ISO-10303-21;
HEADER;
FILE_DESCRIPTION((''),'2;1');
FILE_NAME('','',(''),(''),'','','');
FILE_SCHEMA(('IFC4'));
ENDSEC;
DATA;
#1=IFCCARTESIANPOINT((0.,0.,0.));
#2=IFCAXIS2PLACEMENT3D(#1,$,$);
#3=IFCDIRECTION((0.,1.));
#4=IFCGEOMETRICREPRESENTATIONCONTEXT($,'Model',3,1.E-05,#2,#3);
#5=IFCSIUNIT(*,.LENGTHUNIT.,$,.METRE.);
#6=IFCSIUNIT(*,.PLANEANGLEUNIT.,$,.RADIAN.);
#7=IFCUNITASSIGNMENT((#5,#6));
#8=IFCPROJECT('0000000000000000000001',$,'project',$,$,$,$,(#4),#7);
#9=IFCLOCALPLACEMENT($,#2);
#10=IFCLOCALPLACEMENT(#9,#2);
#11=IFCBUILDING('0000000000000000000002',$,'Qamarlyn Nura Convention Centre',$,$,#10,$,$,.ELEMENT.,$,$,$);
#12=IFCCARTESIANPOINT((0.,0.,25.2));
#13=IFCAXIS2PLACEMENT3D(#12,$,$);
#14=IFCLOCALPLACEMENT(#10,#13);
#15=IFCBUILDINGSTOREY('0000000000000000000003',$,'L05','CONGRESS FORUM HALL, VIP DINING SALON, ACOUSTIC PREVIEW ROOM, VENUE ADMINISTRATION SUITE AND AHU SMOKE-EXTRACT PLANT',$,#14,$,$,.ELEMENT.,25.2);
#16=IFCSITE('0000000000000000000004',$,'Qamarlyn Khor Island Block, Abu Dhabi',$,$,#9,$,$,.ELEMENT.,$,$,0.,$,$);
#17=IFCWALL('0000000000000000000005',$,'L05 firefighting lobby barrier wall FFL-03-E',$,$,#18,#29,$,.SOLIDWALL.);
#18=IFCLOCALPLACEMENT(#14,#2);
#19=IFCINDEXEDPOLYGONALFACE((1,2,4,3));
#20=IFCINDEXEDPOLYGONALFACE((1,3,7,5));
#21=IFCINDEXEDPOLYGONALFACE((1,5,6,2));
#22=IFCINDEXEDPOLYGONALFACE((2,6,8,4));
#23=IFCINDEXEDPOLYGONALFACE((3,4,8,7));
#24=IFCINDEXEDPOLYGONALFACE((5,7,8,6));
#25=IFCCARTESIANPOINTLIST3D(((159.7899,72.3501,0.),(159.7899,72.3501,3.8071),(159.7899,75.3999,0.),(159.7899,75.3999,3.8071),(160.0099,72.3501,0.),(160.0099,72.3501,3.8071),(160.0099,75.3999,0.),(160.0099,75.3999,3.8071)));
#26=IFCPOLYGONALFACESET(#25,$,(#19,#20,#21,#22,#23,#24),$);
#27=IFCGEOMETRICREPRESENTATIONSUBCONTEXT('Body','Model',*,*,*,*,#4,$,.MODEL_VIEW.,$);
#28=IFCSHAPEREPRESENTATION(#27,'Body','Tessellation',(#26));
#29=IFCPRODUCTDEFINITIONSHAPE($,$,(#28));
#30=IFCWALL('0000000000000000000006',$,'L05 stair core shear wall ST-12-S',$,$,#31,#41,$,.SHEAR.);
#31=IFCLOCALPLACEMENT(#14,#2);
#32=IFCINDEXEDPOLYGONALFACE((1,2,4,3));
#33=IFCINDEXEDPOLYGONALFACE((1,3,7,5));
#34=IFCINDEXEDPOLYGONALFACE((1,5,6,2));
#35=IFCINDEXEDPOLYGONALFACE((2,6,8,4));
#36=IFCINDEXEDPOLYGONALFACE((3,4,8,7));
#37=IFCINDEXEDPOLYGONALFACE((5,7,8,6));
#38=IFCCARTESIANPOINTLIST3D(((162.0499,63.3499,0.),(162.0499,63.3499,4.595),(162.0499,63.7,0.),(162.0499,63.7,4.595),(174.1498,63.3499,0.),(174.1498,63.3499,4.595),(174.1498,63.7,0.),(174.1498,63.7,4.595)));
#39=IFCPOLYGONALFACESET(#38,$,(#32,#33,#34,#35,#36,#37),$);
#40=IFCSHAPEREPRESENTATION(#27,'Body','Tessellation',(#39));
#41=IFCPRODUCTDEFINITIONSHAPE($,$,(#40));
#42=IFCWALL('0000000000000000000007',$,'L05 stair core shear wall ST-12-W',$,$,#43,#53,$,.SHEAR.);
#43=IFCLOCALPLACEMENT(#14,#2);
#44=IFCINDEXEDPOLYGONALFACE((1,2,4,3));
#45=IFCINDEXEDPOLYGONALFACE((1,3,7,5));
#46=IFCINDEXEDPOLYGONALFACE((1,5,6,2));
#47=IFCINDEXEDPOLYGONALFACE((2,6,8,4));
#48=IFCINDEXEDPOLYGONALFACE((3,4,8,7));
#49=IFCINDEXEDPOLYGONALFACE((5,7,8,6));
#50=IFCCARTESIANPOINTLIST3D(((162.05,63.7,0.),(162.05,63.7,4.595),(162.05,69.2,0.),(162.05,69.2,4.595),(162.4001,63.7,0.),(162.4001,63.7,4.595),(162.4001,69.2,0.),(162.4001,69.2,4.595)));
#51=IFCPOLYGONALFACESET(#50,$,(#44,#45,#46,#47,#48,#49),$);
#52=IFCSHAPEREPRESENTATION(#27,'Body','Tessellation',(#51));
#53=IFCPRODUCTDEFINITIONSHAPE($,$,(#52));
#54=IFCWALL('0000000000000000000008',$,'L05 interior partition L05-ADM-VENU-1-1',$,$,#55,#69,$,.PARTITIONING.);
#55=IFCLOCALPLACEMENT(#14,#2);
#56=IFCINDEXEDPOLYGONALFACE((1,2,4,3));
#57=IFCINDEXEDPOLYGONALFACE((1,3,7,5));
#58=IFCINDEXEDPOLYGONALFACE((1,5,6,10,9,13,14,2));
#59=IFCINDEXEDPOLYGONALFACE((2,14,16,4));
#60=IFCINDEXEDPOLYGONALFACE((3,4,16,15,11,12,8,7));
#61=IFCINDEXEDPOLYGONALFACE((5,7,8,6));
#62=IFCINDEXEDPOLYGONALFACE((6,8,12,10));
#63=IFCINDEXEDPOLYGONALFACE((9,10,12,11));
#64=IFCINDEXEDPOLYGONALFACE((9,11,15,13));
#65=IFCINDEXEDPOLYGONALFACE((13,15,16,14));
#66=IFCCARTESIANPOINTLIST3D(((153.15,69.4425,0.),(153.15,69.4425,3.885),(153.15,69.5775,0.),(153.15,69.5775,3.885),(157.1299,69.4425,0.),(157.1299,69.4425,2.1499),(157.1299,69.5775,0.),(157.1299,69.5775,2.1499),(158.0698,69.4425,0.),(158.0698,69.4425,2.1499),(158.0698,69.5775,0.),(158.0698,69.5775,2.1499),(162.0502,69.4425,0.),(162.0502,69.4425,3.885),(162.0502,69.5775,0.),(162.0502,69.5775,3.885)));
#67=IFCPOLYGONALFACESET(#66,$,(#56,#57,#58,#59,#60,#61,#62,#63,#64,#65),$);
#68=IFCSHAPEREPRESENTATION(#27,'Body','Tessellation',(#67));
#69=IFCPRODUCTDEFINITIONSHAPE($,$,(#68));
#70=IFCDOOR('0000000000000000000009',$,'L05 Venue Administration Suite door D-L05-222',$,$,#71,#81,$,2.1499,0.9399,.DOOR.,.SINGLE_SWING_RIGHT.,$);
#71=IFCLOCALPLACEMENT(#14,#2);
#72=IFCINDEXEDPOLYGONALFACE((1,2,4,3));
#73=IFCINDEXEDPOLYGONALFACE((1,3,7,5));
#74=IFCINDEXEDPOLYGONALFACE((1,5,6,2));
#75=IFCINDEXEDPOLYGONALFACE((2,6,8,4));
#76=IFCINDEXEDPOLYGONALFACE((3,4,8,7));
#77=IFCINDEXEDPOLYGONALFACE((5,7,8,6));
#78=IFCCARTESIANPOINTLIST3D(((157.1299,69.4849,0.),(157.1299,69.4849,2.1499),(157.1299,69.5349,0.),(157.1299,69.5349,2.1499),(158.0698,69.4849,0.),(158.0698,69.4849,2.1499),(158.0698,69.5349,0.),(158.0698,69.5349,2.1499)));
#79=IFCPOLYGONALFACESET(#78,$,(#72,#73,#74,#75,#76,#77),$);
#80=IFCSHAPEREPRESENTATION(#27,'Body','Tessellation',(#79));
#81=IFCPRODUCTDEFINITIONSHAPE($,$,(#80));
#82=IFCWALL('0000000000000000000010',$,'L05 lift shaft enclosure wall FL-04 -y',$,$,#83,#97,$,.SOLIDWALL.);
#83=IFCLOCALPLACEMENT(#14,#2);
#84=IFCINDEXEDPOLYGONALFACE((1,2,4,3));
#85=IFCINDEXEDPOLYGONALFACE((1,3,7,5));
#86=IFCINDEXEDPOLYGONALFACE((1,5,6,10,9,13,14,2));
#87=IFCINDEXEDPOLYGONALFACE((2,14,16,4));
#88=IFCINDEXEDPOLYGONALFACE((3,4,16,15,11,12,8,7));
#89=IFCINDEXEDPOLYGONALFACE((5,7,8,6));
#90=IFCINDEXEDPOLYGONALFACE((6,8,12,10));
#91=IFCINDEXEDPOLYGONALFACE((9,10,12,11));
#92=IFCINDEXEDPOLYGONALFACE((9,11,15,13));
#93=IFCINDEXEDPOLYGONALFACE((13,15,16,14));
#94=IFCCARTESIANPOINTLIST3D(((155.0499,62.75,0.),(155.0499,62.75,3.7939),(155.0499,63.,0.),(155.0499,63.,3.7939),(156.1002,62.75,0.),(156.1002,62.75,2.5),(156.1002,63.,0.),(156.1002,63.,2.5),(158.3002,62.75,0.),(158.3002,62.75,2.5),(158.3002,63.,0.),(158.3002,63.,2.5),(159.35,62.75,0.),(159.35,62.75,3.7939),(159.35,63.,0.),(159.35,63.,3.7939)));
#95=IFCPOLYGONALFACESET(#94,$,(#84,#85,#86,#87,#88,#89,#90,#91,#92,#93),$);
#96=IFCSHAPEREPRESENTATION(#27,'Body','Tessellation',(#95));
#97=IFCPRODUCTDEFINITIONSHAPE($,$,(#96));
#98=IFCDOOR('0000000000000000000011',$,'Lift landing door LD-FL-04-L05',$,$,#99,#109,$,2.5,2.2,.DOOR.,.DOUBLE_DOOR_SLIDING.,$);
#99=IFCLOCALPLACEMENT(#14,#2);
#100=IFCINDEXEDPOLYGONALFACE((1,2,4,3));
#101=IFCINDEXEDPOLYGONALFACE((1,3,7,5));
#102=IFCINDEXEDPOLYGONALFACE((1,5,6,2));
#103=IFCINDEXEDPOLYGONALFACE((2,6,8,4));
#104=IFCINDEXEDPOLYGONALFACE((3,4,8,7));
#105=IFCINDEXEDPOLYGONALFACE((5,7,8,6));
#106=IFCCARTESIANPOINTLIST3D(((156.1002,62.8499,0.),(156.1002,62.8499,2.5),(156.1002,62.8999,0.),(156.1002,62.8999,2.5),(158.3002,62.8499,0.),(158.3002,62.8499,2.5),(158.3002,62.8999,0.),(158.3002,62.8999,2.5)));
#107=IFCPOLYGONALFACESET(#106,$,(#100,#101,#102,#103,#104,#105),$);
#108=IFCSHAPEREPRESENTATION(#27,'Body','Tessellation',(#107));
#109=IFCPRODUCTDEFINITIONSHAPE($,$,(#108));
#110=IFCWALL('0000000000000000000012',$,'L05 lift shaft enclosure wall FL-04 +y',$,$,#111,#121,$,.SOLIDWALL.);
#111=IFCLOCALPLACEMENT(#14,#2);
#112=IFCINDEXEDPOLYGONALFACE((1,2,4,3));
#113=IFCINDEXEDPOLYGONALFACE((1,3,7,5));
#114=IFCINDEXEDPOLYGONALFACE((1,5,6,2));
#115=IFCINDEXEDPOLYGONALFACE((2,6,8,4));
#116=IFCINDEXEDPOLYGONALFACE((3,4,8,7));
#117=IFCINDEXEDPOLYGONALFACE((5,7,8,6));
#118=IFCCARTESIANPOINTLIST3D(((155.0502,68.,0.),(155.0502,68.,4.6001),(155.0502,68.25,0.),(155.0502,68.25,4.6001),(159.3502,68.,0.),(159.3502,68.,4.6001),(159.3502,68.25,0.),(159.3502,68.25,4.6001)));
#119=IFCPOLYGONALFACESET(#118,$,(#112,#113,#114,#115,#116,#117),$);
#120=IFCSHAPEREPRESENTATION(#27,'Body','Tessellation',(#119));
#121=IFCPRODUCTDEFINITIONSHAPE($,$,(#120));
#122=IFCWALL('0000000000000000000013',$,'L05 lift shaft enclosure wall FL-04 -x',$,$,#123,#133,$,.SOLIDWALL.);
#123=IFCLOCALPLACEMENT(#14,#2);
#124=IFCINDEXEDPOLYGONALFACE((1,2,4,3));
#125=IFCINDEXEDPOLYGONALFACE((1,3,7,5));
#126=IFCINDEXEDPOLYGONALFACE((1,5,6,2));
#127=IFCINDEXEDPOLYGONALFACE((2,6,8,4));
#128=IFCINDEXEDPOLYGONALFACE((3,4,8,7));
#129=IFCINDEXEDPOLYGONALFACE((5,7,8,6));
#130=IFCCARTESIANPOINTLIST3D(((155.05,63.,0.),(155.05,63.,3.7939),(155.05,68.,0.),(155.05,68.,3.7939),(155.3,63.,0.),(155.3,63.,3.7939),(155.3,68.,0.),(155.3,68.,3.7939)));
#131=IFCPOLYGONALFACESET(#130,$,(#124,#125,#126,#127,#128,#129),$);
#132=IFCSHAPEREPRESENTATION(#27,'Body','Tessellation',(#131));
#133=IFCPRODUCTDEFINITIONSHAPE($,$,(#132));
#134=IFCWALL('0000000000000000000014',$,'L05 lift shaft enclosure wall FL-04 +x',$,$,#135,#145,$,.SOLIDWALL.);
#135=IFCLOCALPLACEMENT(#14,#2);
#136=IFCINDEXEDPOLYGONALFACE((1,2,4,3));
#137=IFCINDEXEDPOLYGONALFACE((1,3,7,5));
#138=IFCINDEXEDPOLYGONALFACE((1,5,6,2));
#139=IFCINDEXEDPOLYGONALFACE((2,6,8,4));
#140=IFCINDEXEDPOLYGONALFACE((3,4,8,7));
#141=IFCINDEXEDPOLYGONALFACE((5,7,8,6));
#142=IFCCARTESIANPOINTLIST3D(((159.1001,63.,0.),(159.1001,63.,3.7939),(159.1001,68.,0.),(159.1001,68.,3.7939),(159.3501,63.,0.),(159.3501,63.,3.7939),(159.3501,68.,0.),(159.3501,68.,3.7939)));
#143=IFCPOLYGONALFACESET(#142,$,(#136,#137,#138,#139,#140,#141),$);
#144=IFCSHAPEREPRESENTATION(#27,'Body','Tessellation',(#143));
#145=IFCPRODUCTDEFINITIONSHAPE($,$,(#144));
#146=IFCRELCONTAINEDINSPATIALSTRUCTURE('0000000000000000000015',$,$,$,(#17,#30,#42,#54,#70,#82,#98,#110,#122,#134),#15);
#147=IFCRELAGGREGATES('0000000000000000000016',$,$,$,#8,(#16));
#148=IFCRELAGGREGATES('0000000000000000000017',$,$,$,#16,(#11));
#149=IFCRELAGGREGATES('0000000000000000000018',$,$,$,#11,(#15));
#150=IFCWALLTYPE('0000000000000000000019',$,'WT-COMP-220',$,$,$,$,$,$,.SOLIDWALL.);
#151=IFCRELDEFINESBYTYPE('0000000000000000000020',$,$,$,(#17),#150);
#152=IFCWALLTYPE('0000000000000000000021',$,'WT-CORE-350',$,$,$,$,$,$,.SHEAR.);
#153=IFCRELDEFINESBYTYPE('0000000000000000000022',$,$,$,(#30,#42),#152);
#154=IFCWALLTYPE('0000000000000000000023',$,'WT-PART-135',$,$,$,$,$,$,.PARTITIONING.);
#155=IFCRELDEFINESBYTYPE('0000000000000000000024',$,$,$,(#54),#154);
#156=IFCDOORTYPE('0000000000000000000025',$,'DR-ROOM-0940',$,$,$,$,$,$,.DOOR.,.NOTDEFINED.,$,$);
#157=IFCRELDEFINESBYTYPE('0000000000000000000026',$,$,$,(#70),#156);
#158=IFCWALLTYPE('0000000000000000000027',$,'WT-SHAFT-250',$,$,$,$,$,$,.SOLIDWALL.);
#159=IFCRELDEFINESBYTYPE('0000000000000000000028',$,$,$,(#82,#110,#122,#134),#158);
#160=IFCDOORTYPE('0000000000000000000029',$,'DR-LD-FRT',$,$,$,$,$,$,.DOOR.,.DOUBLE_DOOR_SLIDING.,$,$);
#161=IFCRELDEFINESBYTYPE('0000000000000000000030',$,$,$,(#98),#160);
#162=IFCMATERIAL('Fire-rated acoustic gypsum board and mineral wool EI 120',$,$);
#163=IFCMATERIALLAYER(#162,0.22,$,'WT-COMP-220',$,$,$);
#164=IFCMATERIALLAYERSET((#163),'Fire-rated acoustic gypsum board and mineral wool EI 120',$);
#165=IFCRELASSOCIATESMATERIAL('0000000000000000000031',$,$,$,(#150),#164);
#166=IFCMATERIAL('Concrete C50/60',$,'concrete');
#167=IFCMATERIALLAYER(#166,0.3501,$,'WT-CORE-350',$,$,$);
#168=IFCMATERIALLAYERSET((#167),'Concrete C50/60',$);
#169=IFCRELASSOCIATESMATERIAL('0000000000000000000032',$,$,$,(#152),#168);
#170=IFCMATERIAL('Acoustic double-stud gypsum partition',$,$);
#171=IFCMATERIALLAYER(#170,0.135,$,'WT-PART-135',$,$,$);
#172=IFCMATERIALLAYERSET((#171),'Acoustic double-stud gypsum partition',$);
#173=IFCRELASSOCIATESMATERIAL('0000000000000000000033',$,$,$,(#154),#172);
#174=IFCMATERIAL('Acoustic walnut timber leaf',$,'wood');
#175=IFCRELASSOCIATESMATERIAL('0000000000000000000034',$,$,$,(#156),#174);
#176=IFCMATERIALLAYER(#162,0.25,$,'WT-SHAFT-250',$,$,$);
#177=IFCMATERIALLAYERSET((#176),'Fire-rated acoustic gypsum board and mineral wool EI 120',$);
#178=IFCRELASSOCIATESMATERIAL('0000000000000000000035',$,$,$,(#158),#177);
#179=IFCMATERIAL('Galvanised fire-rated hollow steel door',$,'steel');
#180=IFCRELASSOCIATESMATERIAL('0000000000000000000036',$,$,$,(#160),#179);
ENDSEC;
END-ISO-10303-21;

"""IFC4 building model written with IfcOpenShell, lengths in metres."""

from ifc_helpers import new_model, si_unit, direction, frame, frame_2d, origin, place, context, subcontext, project, spatial, rectangle, extrude, material, layer, layer_set, type_object, element, fill, save


model = new_model("IFC4")

# Units and contexts
model_context = context("Model", 3, precision=1e-05, world=origin(), true_north=direction((0.0, 1.0)))
body_context = subcontext(model_context, "Body", "Model", "MODEL_VIEW")
ifc_project = project(units=[si_unit("LENGTHUNIT", "METRE"), si_unit("PLANEANGLEUNIT", "RADIAN")], contexts=[model_context])

# Site, building, storey
site_placement = place(None, origin())
site = spatial("IfcSite", under=ifc_project, at=site_placement, Name="Qamarlyn Khor Island Block, Abu Dhabi", CompositionType="ELEMENT", RefElevation=0.0)
building_placement = place(site_placement, origin())
building = spatial("IfcBuilding", under=site, at=building_placement, Name="Qamarlyn Nura Convention Centre", CompositionType="ELEMENT")
storey_placement = place(building_placement, frame((0.0, 0.0, 25.2)))
storey = spatial("IfcBuildingStorey", under=building, at=storey_placement, Name="L05", Description="CONGRESS FORUM HALL, VIP DINING SALON, ACOUSTIC PREVIEW ROOM, VENUE ADMINISTRATION SUITE AND AHU SMOKE-EXTRACT PLANT", CompositionType="ELEMENT", Elevation=25.2)

# Shared definitions
ifc_material_1 = material(Name="Fire-rated acoustic gypsum board and mineral wool EI 120")
ifc_layer_1 = layer(ifc_material_1, 0.22, Name="WT-COMP-220")
ifc_layer_set_1 = layer_set([ifc_layer_1], Name="Fire-rated acoustic gypsum board and mineral wool EI 120")
wall_type_1 = type_object("IfcWallType", Name="WT-COMP-220", PredefinedType="SOLIDWALL", material=ifc_layer_set_1)
ifc_material_2 = material(Name="Galvanised fire-rated hollow steel door", Category="steel")

# Walls
for number, where, z_axis, x_axis, name in (
    (1, (159.8999, 72.3501, 0.0), (0.0, 0.0, 1.0), (0.0, 1.0, 0.0), "L05 firefighting lobby barrier wall FFL-03-E"),
):
    element("IfcWall", number, at=place(storey_placement, frame(where, z_axis=z_axis, x_axis=x_axis)), inside=storey, type_object=wall_type_1, Name=name, PredefinedType="SOLIDWALL", context=body_context, shape_type="SweptSolid", body=[
        extrude(rectangle(XDim=3.0498, YDim=0.22, at=frame_2d((1.5249, 0.0))), origin(), (0.0, 0.0, 1.0), 3.8071),
    ])
ifc_material_3 = material(Name="Concrete C50/60", Category="concrete")
ifc_layer_2 = layer(ifc_material_3, 0.3501, Name="WT-CORE-350")
ifc_layer_set_2 = layer_set([ifc_layer_2], Name="Concrete C50/60")
wall_type_2 = type_object("IfcWallType", Name="WT-CORE-350", PredefinedType="SHEAR", material=ifc_layer_set_2)
wall_1_placement = place(storey_placement, frame((162.05, 63.5249, 0.0), z_axis=(0.0, 0.0, 1.0), x_axis=(1.0, 0.0, 0.0)))
element("IfcWall", 2, at=wall_1_placement, inside=storey, type_object=wall_type_2, Name="L05 stair core shear wall ST-12-S", PredefinedType="SHEAR", context=body_context, shape_type="SweptSolid", body=[
    extrude(rectangle(XDim=12.0999, YDim=0.3501, at=frame_2d((6.0498, 0.0))), origin(), (0.0, 0.0, 1.0), 4.595),
])
wall_2_placement = place(storey_placement, frame((162.2251, 69.2, 0.0), z_axis=(0.0, 0.0, 1.0), x_axis=(0.0, -1.0, 0.0)))
element("IfcWall", 3, at=wall_2_placement, inside=storey, type_object=wall_type_2, Name="L05 stair core shear wall ST-12-W", PredefinedType="SHEAR", context=body_context, shape_type="SweptSolid", body=[
    extrude(rectangle(XDim=5.5, YDim=0.3501, at=frame_2d((2.75, 0.0))), origin(), (0.0, 0.0, 1.0), 4.595),
])

# Walls, openings, doors
ifc_material_4 = material(Name="Acoustic double-stud gypsum partition")
ifc_layer_3 = layer(ifc_material_4, 0.135, Name="WT-PART-135")
ifc_layer_set_3 = layer_set([ifc_layer_3], Name="Acoustic double-stud gypsum partition")
wall_type_3 = type_object("IfcWallType", Name="WT-PART-135", PredefinedType="PARTITIONING", material=ifc_layer_set_3)
wall_3_placement = place(storey_placement, frame((153.1499, 69.51, 0.0), z_axis=(0.0, 0.0, 1.0), x_axis=(1.0, 0.0, 0.0)))
wall_3 = element("IfcWall", 4, at=wall_3_placement, inside=storey, type_object=wall_type_3, Name="L05 interior partition L05-ADM-VENU-1-1", PredefinedType="PARTITIONING", context=body_context, shape_type="SweptSolid", body=[
    extrude(rectangle(XDim=8.9001, YDim=0.135, at=frame_2d((4.4502, 0.0))), origin(), (0.0, 0.0, 1.0), 3.885),
])
opening_1_placement = place(wall_3_placement, frame((3.98, 0.0, 0.0)))
opening_1 = element("IfcOpeningElement", 5, at=opening_1_placement, cuts=wall_3, PredefinedType="OPENING", context=body_context, shape_type="SweptSolid", body=[
    extrude(rectangle(XDim=0.9399, YDim=2.1499, at=frame_2d((0.47, 1.075))), frame((0.0, 0.0776, 0.0), z_axis=(0.0, -1.0, 0.0), x_axis=(1.0, 0.0, 0.0)), (0.0, 0.0, 1.0), 0.155),
])
ifc_material_5 = material(Name="Acoustic walnut timber leaf", Category="wood")
door_type_1 = type_object("IfcDoorType", Name="DR-ROOM-0940", OperationType="NOTDEFINED", PredefinedType="DOOR", material=ifc_material_5)
door_1_placement = place(opening_1_placement, origin())
door_1 = element("IfcDoor", 6, at=door_1_placement, inside=storey, type_object=door_type_1, Name="L05 Venue Administration Suite door D-L05-222", OperationType="SINGLE_SWING_RIGHT", OverallHeight=2.1499, OverallWidth=0.9399, PredefinedType="DOOR", context=body_context, shape_type="SweptSolid", body=[
    extrude(rectangle(XDim=0.9399, YDim=2.1499, at=frame_2d((0.47, 1.075))), frame((0.0, 0.0249, 0.0), z_axis=(0.0, -1.0, 0.0), x_axis=(1.0, 0.0, 0.0)), (0.0, 0.0, 1.0), 0.05),
])
fill(opening_1, door_1)
ifc_layer_4 = layer(ifc_material_1, 0.25, Name="WT-SHAFT-250")
ifc_layer_set_4 = layer_set([ifc_layer_4], Name="Fire-rated acoustic gypsum board and mineral wool EI 120")
wall_type_4 = type_object("IfcWallType", Name="WT-SHAFT-250", PredefinedType="SOLIDWALL", material=ifc_layer_set_4)
wall_4_placement = place(storey_placement, frame((155.05, 62.875, 0.0), z_axis=(0.0, 0.0, 1.0), x_axis=(1.0, 0.0, 0.0)))
wall_4 = element("IfcWall", 7, at=wall_4_placement, inside=storey, type_object=wall_type_4, Name="L05 lift shaft enclosure wall FL-04 -y", PredefinedType="SOLIDWALL", context=body_context, shape_type="SweptSolid", body=[
    extrude(rectangle(XDim=4.3, YDim=0.25, at=frame_2d((2.1499, 0.0))), origin(), (0.0, 0.0, 1.0), 3.7939),
])
opening_2_placement = place(wall_4_placement, frame((1.05, 0.0, 0.0)))
opening_2 = element("IfcOpeningElement", 8, at=opening_2_placement, cuts=wall_4, PredefinedType="OPENING", context=body_context, shape_type="SweptSolid", body=[
    extrude(rectangle(XDim=2.2, YDim=2.5, at=frame_2d((1.1001, 1.25))), frame((0.0, 0.135, 0.0), z_axis=(0.0, -1.0, 0.0), x_axis=(1.0, 0.0, 0.0)), (0.0, 0.0, 1.0), 0.27),
])
door_type_2 = type_object("IfcDoorType", Name="DR-LD-FRT", OperationType="DOUBLE_DOOR_SLIDING", PredefinedType="DOOR", material=ifc_material_2)
door_2_placement = place(opening_2_placement, origin())
door_2 = element("IfcDoor", 9, at=door_2_placement, inside=storey, type_object=door_type_2, Name="Lift landing door LD-FL-04-L05", OperationType="DOUBLE_DOOR_SLIDING", OverallHeight=2.5, OverallWidth=2.2, PredefinedType="DOOR", context=body_context, shape_type="SweptSolid", body=[
    extrude(rectangle(XDim=2.2, YDim=2.5, at=frame_2d((1.1001, 1.25))), frame((0.0, 0.0249, 0.0), z_axis=(0.0, -1.0, 0.0), x_axis=(1.0, 0.0, 0.0)), (0.0, 0.0, 1.0), 0.05),
])
fill(opening_2, door_2)

# Walls
wall_5_placement = place(storey_placement, frame((159.3501, 68.125, 0.0), z_axis=(0.0, 0.0, 1.0), x_axis=(-1.0, 0.0, 0.0)))
element("IfcWall", 10, at=wall_5_placement, inside=storey, type_object=wall_type_4, Name="L05 lift shaft enclosure wall FL-04 +y", PredefinedType="SOLIDWALL", context=body_context, shape_type="SweptSolid", body=[
    extrude(rectangle(XDim=4.3, YDim=0.25, at=frame_2d((2.1499, 0.0))), origin(), (0.0, 0.0, 1.0), 4.6001),
])
for number, where, z_axis, x_axis, name in (
    (11, (155.175, 68.0, 0.0), (0.0, 0.0, 1.0), (0.0, -1.0, 0.0), "L05 lift shaft enclosure wall FL-04 -x"),
    (12, (159.2251, 63.0, 0.0), (0.0, 0.0, 1.0), (0.0, 1.0, 0.0), "L05 lift shaft enclosure wall FL-04 +x"),
):
    element("IfcWall", number, at=place(storey_placement, frame(where, z_axis=z_axis, x_axis=x_axis)), inside=storey, type_object=wall_type_4, Name=name, PredefinedType="SOLIDWALL", context=body_context, shape_type="SweptSolid", body=[
        extrude(rectangle(XDim=5.0, YDim=0.25, at=frame_2d((2.5, 0.0))), origin(), (0.0, 0.0, 1.0), 3.7939),
    ])

save(model, "model.ifc")
